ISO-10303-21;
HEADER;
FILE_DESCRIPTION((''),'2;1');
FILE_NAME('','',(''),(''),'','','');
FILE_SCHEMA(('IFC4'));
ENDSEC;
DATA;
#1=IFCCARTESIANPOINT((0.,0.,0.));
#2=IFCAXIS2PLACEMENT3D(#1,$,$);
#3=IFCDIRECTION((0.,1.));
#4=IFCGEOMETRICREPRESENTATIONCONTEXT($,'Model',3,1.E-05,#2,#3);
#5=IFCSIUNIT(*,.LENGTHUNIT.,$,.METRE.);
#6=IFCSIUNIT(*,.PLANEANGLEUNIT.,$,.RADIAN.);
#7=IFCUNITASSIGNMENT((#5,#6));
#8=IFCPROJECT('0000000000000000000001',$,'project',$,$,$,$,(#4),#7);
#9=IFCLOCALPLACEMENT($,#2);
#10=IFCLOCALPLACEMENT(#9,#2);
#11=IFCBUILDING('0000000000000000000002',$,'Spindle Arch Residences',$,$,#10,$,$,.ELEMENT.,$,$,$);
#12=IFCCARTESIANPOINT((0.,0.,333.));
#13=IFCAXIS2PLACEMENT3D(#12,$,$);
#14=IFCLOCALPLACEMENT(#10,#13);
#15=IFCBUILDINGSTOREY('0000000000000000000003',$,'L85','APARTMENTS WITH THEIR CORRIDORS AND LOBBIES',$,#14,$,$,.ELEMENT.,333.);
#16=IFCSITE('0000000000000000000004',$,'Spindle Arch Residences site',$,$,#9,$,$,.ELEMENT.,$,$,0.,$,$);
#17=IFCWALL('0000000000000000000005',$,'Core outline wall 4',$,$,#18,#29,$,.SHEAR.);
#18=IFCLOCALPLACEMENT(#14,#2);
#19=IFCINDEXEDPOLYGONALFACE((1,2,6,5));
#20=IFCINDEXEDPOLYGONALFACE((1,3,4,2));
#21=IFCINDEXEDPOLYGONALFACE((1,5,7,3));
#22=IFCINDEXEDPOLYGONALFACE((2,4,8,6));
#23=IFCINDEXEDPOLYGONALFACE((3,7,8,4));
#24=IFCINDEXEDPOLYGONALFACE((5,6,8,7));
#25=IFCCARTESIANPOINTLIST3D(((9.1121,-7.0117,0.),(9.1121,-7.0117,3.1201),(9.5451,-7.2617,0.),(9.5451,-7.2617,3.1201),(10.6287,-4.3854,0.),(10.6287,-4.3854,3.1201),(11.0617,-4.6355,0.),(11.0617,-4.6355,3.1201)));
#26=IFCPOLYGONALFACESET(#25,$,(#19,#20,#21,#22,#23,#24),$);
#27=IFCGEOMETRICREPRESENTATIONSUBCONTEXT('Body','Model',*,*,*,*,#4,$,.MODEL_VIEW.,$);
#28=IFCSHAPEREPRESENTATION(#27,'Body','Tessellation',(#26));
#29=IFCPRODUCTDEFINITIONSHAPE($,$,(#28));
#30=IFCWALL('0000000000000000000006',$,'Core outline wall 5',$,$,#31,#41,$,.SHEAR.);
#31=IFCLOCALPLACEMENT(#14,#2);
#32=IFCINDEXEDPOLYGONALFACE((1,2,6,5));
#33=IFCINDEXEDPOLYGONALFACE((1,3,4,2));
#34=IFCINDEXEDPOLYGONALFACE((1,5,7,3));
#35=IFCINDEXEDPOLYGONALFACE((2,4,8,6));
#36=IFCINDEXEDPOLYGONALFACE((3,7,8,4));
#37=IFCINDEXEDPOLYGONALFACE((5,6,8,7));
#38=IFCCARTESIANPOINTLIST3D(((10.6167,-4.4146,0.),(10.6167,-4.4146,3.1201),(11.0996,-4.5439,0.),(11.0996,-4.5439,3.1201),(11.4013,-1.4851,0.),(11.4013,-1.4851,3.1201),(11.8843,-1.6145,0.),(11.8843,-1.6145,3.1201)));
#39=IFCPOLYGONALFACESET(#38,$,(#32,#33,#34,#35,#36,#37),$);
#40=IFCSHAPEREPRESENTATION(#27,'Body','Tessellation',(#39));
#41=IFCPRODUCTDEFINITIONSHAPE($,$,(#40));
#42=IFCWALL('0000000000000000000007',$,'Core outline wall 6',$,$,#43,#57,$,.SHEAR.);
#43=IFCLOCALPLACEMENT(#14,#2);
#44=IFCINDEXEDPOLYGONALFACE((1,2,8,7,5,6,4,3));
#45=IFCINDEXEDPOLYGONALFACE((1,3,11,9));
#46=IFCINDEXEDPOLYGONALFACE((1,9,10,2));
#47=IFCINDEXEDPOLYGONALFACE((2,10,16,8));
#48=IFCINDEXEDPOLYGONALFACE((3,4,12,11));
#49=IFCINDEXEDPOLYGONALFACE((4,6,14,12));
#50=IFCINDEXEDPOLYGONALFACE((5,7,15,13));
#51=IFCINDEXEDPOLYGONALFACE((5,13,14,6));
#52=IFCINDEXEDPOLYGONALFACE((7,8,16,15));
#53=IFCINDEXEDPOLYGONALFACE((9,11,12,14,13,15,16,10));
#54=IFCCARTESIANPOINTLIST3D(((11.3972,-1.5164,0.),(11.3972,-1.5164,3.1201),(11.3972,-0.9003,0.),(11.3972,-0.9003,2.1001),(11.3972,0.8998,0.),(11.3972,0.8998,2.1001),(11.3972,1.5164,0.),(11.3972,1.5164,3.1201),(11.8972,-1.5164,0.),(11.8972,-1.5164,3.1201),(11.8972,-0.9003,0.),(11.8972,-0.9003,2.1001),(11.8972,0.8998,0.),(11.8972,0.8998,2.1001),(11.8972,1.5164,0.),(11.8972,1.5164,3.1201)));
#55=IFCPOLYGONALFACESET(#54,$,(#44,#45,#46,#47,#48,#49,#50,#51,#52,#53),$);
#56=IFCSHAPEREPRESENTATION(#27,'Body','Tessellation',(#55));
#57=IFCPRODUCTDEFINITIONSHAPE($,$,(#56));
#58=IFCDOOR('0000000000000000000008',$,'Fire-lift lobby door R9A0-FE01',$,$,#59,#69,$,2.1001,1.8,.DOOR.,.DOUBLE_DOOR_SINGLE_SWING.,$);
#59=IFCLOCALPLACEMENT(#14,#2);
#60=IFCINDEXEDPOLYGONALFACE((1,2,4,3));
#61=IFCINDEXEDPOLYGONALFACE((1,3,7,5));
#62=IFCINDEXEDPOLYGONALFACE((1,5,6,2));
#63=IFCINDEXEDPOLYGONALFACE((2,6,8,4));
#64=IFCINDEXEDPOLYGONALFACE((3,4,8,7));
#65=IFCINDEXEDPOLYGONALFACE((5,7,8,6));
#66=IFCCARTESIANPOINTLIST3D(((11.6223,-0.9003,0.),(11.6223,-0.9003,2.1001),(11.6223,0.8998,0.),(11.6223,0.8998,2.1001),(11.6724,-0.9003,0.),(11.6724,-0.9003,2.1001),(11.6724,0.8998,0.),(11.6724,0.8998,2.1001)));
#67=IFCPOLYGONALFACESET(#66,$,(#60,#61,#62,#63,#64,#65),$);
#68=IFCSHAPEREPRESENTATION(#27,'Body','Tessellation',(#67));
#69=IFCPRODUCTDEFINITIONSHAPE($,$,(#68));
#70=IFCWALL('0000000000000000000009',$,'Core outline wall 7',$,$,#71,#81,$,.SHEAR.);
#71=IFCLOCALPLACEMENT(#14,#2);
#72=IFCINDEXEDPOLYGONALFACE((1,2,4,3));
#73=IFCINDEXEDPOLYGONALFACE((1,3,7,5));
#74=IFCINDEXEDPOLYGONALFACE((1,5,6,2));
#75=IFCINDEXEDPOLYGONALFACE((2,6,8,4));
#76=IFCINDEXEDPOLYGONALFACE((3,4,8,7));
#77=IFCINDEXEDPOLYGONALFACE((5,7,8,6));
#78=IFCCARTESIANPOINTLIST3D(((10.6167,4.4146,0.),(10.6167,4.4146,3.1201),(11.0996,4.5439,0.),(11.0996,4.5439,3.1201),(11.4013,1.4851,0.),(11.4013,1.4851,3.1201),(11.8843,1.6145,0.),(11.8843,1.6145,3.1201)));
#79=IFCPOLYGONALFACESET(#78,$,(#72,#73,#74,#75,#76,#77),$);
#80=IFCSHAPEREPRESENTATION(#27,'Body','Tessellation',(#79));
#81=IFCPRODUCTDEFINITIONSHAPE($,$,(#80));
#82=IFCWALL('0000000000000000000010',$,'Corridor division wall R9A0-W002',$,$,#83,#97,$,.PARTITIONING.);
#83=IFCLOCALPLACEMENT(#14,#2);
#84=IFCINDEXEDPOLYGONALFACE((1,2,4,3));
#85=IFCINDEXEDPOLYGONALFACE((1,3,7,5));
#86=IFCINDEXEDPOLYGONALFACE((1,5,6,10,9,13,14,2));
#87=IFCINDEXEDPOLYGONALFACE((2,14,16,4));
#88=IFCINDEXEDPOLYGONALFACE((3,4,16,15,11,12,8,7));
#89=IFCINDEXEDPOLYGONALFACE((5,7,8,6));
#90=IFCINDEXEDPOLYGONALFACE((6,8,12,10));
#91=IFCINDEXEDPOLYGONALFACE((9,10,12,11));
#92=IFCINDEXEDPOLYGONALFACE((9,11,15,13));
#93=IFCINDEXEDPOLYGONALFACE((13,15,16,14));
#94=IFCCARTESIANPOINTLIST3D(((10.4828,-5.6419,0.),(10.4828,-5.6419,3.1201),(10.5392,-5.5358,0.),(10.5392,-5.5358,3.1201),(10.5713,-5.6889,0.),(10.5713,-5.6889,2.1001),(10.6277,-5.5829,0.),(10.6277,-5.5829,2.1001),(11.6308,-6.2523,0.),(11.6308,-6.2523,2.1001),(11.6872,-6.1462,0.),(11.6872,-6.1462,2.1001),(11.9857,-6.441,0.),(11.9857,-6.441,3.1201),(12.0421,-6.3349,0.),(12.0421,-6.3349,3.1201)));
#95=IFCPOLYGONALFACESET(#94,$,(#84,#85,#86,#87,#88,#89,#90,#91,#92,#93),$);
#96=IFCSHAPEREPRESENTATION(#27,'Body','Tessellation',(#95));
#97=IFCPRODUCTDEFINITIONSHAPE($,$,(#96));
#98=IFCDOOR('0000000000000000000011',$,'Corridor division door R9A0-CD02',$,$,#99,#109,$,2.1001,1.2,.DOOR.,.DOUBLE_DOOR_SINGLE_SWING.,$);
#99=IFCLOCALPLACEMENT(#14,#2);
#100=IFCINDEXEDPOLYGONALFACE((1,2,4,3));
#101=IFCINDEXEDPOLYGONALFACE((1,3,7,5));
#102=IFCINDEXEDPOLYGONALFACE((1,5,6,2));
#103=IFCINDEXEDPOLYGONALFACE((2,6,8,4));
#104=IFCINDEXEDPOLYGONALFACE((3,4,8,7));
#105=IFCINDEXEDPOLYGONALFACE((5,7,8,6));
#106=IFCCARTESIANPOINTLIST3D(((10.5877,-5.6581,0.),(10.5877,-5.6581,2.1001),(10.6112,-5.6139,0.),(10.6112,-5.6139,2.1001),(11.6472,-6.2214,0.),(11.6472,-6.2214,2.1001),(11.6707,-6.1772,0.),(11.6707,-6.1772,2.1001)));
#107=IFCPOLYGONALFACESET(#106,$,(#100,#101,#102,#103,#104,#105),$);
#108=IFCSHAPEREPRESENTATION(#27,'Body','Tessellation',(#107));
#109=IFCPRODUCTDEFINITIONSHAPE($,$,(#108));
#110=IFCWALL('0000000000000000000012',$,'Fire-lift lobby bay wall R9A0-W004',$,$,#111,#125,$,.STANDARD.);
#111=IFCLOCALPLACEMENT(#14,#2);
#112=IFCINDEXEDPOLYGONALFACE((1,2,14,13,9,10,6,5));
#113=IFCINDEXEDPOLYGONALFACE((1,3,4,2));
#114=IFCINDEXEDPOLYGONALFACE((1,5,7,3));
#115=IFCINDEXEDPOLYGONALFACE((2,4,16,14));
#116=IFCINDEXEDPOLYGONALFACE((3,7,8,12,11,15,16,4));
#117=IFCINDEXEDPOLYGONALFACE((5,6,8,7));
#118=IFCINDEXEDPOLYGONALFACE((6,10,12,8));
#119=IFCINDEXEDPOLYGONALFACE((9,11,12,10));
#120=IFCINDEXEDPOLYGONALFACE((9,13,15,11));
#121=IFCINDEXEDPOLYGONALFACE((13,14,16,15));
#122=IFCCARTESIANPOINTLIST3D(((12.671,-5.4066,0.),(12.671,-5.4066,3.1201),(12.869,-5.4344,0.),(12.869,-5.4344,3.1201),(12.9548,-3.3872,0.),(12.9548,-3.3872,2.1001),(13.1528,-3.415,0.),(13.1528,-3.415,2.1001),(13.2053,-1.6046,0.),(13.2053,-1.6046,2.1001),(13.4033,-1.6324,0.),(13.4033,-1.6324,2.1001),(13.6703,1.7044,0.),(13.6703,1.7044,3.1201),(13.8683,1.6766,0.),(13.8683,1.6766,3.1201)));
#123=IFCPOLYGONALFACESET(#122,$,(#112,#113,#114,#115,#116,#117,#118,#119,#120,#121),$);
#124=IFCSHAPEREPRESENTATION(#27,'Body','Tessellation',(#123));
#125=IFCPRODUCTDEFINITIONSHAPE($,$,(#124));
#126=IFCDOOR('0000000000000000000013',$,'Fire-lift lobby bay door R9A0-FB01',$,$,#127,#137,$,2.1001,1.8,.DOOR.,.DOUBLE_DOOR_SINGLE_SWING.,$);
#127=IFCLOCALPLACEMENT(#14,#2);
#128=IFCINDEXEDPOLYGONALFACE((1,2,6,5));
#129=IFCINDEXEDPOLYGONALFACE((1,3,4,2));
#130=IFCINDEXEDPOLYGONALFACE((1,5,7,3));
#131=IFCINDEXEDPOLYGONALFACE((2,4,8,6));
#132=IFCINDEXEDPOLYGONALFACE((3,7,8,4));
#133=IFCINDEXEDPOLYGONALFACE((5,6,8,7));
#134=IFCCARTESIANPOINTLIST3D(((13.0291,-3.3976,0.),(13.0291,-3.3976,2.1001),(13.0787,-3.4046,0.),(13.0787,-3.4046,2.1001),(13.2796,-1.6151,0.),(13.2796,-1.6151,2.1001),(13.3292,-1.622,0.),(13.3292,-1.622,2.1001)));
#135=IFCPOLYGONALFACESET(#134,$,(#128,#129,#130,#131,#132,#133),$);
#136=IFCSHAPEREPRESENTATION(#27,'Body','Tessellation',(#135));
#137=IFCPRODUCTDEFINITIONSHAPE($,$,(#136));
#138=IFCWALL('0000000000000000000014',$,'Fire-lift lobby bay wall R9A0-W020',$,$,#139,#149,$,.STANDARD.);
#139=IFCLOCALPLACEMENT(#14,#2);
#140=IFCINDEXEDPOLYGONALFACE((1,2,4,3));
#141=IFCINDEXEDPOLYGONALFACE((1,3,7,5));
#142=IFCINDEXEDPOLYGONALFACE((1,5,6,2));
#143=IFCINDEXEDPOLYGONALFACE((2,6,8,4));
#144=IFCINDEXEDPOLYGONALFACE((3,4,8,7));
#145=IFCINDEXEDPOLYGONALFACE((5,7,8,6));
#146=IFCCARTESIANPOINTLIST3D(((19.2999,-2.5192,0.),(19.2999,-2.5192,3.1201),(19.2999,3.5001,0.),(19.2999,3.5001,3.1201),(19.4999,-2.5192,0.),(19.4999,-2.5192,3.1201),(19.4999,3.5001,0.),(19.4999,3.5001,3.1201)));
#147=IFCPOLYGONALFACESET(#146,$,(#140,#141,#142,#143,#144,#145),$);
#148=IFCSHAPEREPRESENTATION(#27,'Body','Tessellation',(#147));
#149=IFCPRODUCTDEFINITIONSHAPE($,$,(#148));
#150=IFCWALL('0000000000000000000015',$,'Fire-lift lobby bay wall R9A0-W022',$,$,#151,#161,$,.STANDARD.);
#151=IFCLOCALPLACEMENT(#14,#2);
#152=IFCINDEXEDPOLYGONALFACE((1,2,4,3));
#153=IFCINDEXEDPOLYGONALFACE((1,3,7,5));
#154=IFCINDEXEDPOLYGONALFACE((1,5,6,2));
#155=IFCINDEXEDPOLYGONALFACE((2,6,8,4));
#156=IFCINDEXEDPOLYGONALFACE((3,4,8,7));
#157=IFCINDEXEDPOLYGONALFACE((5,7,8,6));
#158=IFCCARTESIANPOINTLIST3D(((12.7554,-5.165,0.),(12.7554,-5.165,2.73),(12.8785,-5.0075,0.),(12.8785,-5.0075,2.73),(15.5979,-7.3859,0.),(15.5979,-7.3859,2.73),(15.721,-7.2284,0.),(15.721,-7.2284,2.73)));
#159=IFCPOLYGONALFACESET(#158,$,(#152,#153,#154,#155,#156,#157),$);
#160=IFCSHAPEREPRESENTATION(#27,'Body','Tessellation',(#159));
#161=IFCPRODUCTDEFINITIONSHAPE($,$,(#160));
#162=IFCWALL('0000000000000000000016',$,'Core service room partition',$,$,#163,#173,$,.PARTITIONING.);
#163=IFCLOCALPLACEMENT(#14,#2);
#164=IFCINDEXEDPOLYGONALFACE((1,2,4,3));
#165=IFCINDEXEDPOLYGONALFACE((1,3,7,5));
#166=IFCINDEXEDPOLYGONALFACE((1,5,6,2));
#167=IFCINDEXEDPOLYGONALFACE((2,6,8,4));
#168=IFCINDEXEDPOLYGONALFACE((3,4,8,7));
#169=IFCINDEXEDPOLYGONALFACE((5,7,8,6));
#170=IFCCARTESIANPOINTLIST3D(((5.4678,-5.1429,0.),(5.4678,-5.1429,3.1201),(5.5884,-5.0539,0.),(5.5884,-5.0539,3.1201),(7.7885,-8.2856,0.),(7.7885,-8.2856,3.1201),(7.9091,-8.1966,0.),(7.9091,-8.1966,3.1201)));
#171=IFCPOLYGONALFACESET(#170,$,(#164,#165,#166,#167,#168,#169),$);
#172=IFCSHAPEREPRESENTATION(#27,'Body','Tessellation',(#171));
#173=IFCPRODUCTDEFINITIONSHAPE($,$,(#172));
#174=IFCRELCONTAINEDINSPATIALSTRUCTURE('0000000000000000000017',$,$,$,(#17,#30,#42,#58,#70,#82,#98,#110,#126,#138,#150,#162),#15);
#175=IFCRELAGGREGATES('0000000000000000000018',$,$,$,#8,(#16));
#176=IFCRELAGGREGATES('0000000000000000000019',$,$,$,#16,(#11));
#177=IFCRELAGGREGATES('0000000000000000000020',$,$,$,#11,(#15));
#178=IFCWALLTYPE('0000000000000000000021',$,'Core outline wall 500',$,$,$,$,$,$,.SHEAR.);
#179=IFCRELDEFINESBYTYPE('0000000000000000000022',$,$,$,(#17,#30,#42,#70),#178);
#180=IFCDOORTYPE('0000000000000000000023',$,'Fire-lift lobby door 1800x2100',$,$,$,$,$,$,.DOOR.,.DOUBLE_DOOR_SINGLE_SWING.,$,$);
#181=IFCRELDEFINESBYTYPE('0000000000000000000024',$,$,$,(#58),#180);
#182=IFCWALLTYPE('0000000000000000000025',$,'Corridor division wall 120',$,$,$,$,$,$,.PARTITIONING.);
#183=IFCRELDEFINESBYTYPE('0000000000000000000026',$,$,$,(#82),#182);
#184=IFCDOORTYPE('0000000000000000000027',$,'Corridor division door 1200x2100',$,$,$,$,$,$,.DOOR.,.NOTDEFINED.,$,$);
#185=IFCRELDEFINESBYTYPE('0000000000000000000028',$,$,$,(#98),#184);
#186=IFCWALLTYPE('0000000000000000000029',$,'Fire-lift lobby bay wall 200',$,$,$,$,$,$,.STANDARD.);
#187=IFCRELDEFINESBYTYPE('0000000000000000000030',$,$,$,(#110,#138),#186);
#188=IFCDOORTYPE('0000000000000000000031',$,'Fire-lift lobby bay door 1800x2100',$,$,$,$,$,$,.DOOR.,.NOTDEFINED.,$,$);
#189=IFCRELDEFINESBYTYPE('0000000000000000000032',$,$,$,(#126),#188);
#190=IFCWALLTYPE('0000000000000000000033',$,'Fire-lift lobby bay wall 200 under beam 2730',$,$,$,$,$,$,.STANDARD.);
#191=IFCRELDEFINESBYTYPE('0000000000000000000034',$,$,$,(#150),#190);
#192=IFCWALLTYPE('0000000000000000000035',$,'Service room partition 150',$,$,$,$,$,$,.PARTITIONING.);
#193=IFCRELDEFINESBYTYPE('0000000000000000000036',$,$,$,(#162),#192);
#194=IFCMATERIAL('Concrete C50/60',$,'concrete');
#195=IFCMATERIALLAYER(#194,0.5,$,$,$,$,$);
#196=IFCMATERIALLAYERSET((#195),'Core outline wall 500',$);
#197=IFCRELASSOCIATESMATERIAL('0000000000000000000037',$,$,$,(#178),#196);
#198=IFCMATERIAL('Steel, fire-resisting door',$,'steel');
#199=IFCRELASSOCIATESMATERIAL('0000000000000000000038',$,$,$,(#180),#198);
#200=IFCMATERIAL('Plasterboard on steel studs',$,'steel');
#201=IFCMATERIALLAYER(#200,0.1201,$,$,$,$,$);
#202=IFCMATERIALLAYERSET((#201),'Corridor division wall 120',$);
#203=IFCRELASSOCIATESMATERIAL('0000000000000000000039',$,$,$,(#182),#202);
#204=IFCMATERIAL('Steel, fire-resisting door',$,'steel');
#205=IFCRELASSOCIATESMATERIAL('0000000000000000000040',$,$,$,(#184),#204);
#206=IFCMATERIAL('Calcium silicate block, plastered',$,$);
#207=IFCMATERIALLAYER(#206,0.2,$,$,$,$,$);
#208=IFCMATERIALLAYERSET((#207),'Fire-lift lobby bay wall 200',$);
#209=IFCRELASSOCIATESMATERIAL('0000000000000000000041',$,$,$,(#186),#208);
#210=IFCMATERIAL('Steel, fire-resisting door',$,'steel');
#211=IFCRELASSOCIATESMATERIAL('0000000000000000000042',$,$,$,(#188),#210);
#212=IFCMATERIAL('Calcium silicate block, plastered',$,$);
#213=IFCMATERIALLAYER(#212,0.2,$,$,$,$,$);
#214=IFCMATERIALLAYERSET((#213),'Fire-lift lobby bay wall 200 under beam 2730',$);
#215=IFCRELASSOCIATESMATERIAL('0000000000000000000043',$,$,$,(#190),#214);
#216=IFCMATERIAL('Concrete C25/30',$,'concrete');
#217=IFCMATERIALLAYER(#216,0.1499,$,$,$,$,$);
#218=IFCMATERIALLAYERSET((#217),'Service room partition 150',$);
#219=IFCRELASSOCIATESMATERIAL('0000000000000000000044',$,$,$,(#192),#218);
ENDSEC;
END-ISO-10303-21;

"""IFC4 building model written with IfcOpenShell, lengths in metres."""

from ifc_helpers import new_model, si_unit, direction, frame, frame_2d, origin, place, context, subcontext, project, spatial, rectangle, extrude, material, layer, layer_set, type_object, element, fill, save


model = new_model("IFC4")

# Units and contexts
model_context = context("Model", 3, precision=1e-05, world=origin(), true_north=direction((0.0, 1.0)))
body_context = subcontext(model_context, "Body", "Model", "MODEL_VIEW")
ifc_project = project(units=[si_unit("LENGTHUNIT", "METRE"), si_unit("PLANEANGLEUNIT", "RADIAN")], contexts=[model_context])

# Site, building, storey
site_placement = place(None, origin())
site = spatial("IfcSite", under=ifc_project, at=site_placement, Name="Spindle Arch Residences site", CompositionType="ELEMENT", RefElevation=0.0)
building_placement = place(site_placement, origin())
building = spatial("IfcBuilding", under=site, at=building_placement, Name="Spindle Arch Residences", CompositionType="ELEMENT")
storey_placement = place(building_placement, frame((0.0, 0.0, 333.0)))
storey = spatial("IfcBuildingStorey", under=building, at=storey_placement, Name="L85", Description="APARTMENTS WITH THEIR CORRIDORS AND LOBBIES", CompositionType="ELEMENT", Elevation=333.0)

# Walls
ifc_material_1 = material(Name="Concrete C50/60", Category="concrete")
ifc_layer_1 = layer(ifc_material_1, 0.5)
ifc_layer_set_1 = layer_set([ifc_layer_1], Name="Core outline wall 500")
wall_type_1 = type_object("IfcWallType", Name="Core outline wall 500", PredefinedType="SHEAR", material=ifc_layer_set_1)
for number, where, z_axis, x_axis, name in (
    (1, (9.3286, -7.1367, 0.0), (0.0, 0.0, 1.0), (0.500087, 0.865975, 0.0), "Core outline wall 4"),
    (2, (10.8582, -4.4792, 0.0), (0.0, 0.0, 1.0), (0.258735, 0.965948, 0.0), "Core outline wall 5"),
):
    element("IfcWall", number, at=place(storey_placement, frame(where, z_axis=z_axis, x_axis=x_axis)), inside=storey, type_object=wall_type_1, Name=name, PredefinedType="SHEAR", context=body_context, shape_type="SweptSolid", body=[
        extrude(rectangle(XDim=3.0327, YDim=0.5, at=frame_2d((1.5164, 0.0))), origin(), (0.0, 0.0, 1.0), 3.1201),
    ])

# Wall, opening, door
wall_1_placement = place(storey_placement, frame((11.6472, -1.5164, 0.0), z_axis=(0.0, 0.0, 1.0), x_axis=(0.0, 1.0, 0.0)))
wall_1 = element("IfcWall", 3, at=wall_1_placement, inside=storey, type_object=wall_type_1, Name="Core outline wall 6", PredefinedType="SHEAR", context=body_context, shape_type="SweptSolid", body=[
    extrude(rectangle(XDim=3.0327, YDim=0.5, at=frame_2d((1.5164, 0.0))), origin(), (0.0, 0.0, 1.0), 3.1201),
])
opening_1_placement = place(wall_1_placement, frame((0.6162, 0.0, 0.0)))
opening_1 = element("IfcOpeningElement", 4, at=opening_1_placement, cuts=wall_1, PredefinedType="OPENING", context=body_context, shape_type="SweptSolid", body=[
    extrude(rectangle(XDim=1.8, YDim=2.1001, at=frame_2d((0.8999, 1.05))), frame((0.0, 0.26, 0.0), z_axis=(0.0, -1.0, 0.0), x_axis=(1.0, 0.0, 0.0)), (0.0, 0.0, 1.0), 0.52),
])
ifc_material_2 = material(Name="Steel, fire-resisting door", Category="steel")
door_type_1 = type_object("IfcDoorType", Name="Fire-lift lobby door 1800x2100", OperationType="DOUBLE_DOOR_SINGLE_SWING", PredefinedType="DOOR", material=ifc_material_2)
door_1_placement = place(opening_1_placement, origin())
door_1 = element("IfcDoor", 5, at=door_1_placement, inside=storey, type_object=door_type_1, Name="Fire-lift lobby door R9A0-FE01", OperationType="DOUBLE_DOOR_SINGLE_SWING", OverallHeight=2.1001, OverallWidth=1.8, PredefinedType="DOOR", context=body_context, shape_type="SweptSolid", body=[
    extrude(rectangle(XDim=1.8, YDim=2.1001, at=frame_2d((0.8999, 1.05))), frame((0.0, 0.0249, 0.0), z_axis=(0.0, -1.0, 0.0), x_axis=(1.0, 0.0, 0.0)), (0.0, 0.0, 1.0), 0.05),
])
fill(opening_1, door_1)

# Wall
wall_2_placement = place(storey_placement, frame((11.6428, 1.5498, 0.0), z_axis=(0.0, 0.0, 1.0), x_axis=(-0.258735, 0.965948, 0.0)))
element("IfcWall", 6, at=wall_2_placement, inside=storey, type_object=wall_type_1, Name="Core outline wall 7", PredefinedType="SHEAR", context=body_context, shape_type="SweptSolid", body=[
    extrude(rectangle(XDim=3.0327, YDim=0.5, at=frame_2d((1.5164, 0.0))), origin(), (0.0, 0.0, 1.0), 3.1201),
])

# Walls, openings, doors
ifc_material_3 = material(Name="Plasterboard on steel studs", Category="steel")
ifc_layer_2 = layer(ifc_material_3, 0.1201)
ifc_layer_set_2 = layer_set([ifc_layer_2], Name="Corridor division wall 120")
wall_type_2 = type_object("IfcWallType", Name="Corridor division wall 120", PredefinedType="PARTITIONING", material=ifc_layer_set_2)
wall_3_placement = place(storey_placement, frame((10.511, -5.5889, 0.0), z_axis=(0.0, 0.0, 1.0), x_axis=(0.88296, -0.469449, 0.0)))
wall_3 = element("IfcWall", 7, at=wall_3_placement, inside=storey, type_object=wall_type_2, Name="Corridor division wall R9A0-W002", PredefinedType="PARTITIONING", context=body_context, shape_type="SweptSolid", body=[
    extrude(rectangle(XDim=1.7021, YDim=0.1201, at=frame_2d((0.8511, 0.0))), origin(), (0.0, 0.0, 1.0), 3.1201),
])
opening_2_placement = place(wall_3_placement, frame((0.1001, 0.0, 0.0)))
opening_2 = element("IfcOpeningElement", 8, at=opening_2_placement, cuts=wall_3, PredefinedType="OPENING", context=body_context, shape_type="SweptSolid", body=[
    extrude(rectangle(XDim=1.2, YDim=2.1001, at=frame_2d((0.6001, 1.05))), frame((0.0, 0.0701, 0.0), z_axis=(0.0, -1.0, 0.0), x_axis=(1.0, 0.0, 0.0)), (0.0, 0.0, 1.0), 0.1401),
])
ifc_material_4 = material(Name="Steel, fire-resisting door", Category="steel")
door_type_2 = type_object("IfcDoorType", Name="Corridor division door 1200x2100", OperationType="NOTDEFINED", PredefinedType="DOOR", material=ifc_material_4)
door_2_placement = place(opening_2_placement, origin())
door_2 = element("IfcDoor", 9, at=door_2_placement, inside=storey, type_object=door_type_2, Name="Corridor division door R9A0-CD02", OperationType="DOUBLE_DOOR_SINGLE_SWING", OverallHeight=2.1001, OverallWidth=1.2, PredefinedType="DOOR", context=body_context, shape_type="SweptSolid", body=[
    extrude(rectangle(XDim=1.2, YDim=2.1001, at=frame_2d((0.6001, 1.05))), frame((0.0, 0.0249, 0.0), z_axis=(0.0, -1.0, 0.0), x_axis=(1.0, 0.0, 0.0)), (0.0, 0.0, 1.0), 0.05),
])
fill(opening_2, door_2)
ifc_material_5 = material(Name="Calcium silicate block, plastered")
ifc_layer_3 = layer(ifc_material_5, 0.2)
ifc_layer_set_3 = layer_set([ifc_layer_3], Name="Fire-lift lobby bay wall 200")
wall_type_3 = type_object("IfcWallType", Name="Fire-lift lobby bay wall 200", PredefinedType="STANDARD", material=ifc_layer_set_3)
wall_4_placement = place(storey_placement, frame((12.77, -5.4204, 0.0), z_axis=(0.0, 0.0, 1.0), x_axis=(0.139155, 0.990271, 0.0)))
wall_4 = element("IfcWall", 10, at=wall_4_placement, inside=storey, type_object=wall_type_3, Name="Fire-lift lobby bay wall R9A0-W004", PredefinedType="STANDARD", context=body_context, shape_type="SweptSolid", body=[
    extrude(rectangle(XDim=7.1809, YDim=0.2, at=frame_2d((3.5903, 0.0))), origin(), (0.0, 0.0, 1.0), 3.1201),
])
opening_3_placement = place(wall_4_placement, frame((2.0393, 0.0, 0.0)))
opening_3 = element("IfcOpeningElement", 11, at=opening_3_placement, cuts=wall_4, PredefinedType="OPENING", context=body_context, shape_type="SweptSolid", body=[
    extrude(rectangle(XDim=1.8, YDim=2.1001, at=frame_2d((0.8999, 1.05))), frame((0.0, 0.1099, 0.0), z_axis=(0.0, -1.0, 0.0), x_axis=(1.0, 0.0, 0.0)), (0.0, 0.0, 1.0), 0.22),
])
ifc_material_6 = material(Name="Steel, fire-resisting door", Category="steel")
door_type_3 = type_object("IfcDoorType", Name="Fire-lift lobby bay door 1800x2100", OperationType="NOTDEFINED", PredefinedType="DOOR", material=ifc_material_6)
door_3_placement = place(opening_3_placement, origin())
door_3 = element("IfcDoor", 12, at=door_3_placement, inside=storey, type_object=door_type_3, Name="Fire-lift lobby bay door R9A0-FB01", OperationType="DOUBLE_DOOR_SINGLE_SWING", OverallHeight=2.1001, OverallWidth=1.8, PredefinedType="DOOR", context=body_context, shape_type="SweptSolid", body=[
    extrude(rectangle(XDim=1.8, YDim=2.1001, at=frame_2d((0.8999, 1.05))), frame((0.0, 0.0249, 0.0), z_axis=(0.0, -1.0, 0.0), x_axis=(1.0, 0.0, 0.0)), (0.0, 0.0, 1.0), 0.05),
])
fill(opening_3, door_3)

# Walls
wall_5_placement = place(storey_placement, frame((19.3999, -2.5193, 0.0), z_axis=(0.0, 0.0, 1.0), x_axis=(0.0, 1.0, 0.0)))
element("IfcWall", 13, at=wall_5_placement, inside=storey, type_object=wall_type_3, Name="Fire-lift lobby bay wall R9A0-W020", PredefinedType="STANDARD", context=body_context, shape_type="SweptSolid", body=[
    extrude(rectangle(XDim=6.0193, YDim=0.2, at=frame_2d((3.0098, 0.0))), origin(), (0.0, 0.0, 1.0), 3.1201),
])
ifc_material_7 = material(Name="Calcium silicate block, plastered")
ifc_layer_4 = layer(ifc_material_7, 0.2)
ifc_layer_set_4 = layer_set([ifc_layer_4], Name="Fire-lift lobby bay wall 200 under beam 2730")
wall_type_4 = type_object("IfcWallType", Name="Fire-lift lobby bay wall 200 under beam 2730", PredefinedType="STANDARD", material=ifc_layer_set_4)
wall_6_placement = place(storey_placement, frame((12.8169, -5.0862, 0.0), z_axis=(0.0, 0.0, 1.0), x_axis=(0.787995, -0.615682, 0.0)))
element("IfcWall", 14, at=wall_6_placement, inside=storey, type_object=wall_type_4, Name="Fire-lift lobby bay wall R9A0-W022", PredefinedType="STANDARD", context=body_context, shape_type="SweptSolid", body=[
    extrude(rectangle(XDim=3.6072, YDim=0.2, at=frame_2d((1.8037, 0.0))), origin(), (0.0, 0.0, 1.0), 2.73),
])

# Wall
ifc_material_8 = material(Name="Concrete C25/30", Category="concrete")
ifc_layer_5 = layer(ifc_material_8, 0.1499)
ifc_layer_set_5 = layer_set([ifc_layer_5], Name="Service room partition 150")
wall_type_5 = type_object("IfcWallType", Name="Service room partition 150", PredefinedType="PARTITIONING", material=ifc_layer_set_5)
wall_7_placement = place(storey_placement, frame((5.5281, -5.0984, 0.0), z_axis=(0.0, 0.0, 1.0), x_axis=(0.594034, -0.80444, 0.0)))
element("IfcWall", 15, at=wall_7_placement, inside=storey, type_object=wall_type_5, Name="Core service room partition", PredefinedType="PARTITIONING", context=body_context, shape_type="SweptSolid", body=[
    extrude(rectangle(XDim=3.9067, YDim=0.1499, at=frame_2d((1.9534, 0.0))), origin(), (0.0, 0.0, 1.0), 3.1201),
])

save(model, "model.ifc")
